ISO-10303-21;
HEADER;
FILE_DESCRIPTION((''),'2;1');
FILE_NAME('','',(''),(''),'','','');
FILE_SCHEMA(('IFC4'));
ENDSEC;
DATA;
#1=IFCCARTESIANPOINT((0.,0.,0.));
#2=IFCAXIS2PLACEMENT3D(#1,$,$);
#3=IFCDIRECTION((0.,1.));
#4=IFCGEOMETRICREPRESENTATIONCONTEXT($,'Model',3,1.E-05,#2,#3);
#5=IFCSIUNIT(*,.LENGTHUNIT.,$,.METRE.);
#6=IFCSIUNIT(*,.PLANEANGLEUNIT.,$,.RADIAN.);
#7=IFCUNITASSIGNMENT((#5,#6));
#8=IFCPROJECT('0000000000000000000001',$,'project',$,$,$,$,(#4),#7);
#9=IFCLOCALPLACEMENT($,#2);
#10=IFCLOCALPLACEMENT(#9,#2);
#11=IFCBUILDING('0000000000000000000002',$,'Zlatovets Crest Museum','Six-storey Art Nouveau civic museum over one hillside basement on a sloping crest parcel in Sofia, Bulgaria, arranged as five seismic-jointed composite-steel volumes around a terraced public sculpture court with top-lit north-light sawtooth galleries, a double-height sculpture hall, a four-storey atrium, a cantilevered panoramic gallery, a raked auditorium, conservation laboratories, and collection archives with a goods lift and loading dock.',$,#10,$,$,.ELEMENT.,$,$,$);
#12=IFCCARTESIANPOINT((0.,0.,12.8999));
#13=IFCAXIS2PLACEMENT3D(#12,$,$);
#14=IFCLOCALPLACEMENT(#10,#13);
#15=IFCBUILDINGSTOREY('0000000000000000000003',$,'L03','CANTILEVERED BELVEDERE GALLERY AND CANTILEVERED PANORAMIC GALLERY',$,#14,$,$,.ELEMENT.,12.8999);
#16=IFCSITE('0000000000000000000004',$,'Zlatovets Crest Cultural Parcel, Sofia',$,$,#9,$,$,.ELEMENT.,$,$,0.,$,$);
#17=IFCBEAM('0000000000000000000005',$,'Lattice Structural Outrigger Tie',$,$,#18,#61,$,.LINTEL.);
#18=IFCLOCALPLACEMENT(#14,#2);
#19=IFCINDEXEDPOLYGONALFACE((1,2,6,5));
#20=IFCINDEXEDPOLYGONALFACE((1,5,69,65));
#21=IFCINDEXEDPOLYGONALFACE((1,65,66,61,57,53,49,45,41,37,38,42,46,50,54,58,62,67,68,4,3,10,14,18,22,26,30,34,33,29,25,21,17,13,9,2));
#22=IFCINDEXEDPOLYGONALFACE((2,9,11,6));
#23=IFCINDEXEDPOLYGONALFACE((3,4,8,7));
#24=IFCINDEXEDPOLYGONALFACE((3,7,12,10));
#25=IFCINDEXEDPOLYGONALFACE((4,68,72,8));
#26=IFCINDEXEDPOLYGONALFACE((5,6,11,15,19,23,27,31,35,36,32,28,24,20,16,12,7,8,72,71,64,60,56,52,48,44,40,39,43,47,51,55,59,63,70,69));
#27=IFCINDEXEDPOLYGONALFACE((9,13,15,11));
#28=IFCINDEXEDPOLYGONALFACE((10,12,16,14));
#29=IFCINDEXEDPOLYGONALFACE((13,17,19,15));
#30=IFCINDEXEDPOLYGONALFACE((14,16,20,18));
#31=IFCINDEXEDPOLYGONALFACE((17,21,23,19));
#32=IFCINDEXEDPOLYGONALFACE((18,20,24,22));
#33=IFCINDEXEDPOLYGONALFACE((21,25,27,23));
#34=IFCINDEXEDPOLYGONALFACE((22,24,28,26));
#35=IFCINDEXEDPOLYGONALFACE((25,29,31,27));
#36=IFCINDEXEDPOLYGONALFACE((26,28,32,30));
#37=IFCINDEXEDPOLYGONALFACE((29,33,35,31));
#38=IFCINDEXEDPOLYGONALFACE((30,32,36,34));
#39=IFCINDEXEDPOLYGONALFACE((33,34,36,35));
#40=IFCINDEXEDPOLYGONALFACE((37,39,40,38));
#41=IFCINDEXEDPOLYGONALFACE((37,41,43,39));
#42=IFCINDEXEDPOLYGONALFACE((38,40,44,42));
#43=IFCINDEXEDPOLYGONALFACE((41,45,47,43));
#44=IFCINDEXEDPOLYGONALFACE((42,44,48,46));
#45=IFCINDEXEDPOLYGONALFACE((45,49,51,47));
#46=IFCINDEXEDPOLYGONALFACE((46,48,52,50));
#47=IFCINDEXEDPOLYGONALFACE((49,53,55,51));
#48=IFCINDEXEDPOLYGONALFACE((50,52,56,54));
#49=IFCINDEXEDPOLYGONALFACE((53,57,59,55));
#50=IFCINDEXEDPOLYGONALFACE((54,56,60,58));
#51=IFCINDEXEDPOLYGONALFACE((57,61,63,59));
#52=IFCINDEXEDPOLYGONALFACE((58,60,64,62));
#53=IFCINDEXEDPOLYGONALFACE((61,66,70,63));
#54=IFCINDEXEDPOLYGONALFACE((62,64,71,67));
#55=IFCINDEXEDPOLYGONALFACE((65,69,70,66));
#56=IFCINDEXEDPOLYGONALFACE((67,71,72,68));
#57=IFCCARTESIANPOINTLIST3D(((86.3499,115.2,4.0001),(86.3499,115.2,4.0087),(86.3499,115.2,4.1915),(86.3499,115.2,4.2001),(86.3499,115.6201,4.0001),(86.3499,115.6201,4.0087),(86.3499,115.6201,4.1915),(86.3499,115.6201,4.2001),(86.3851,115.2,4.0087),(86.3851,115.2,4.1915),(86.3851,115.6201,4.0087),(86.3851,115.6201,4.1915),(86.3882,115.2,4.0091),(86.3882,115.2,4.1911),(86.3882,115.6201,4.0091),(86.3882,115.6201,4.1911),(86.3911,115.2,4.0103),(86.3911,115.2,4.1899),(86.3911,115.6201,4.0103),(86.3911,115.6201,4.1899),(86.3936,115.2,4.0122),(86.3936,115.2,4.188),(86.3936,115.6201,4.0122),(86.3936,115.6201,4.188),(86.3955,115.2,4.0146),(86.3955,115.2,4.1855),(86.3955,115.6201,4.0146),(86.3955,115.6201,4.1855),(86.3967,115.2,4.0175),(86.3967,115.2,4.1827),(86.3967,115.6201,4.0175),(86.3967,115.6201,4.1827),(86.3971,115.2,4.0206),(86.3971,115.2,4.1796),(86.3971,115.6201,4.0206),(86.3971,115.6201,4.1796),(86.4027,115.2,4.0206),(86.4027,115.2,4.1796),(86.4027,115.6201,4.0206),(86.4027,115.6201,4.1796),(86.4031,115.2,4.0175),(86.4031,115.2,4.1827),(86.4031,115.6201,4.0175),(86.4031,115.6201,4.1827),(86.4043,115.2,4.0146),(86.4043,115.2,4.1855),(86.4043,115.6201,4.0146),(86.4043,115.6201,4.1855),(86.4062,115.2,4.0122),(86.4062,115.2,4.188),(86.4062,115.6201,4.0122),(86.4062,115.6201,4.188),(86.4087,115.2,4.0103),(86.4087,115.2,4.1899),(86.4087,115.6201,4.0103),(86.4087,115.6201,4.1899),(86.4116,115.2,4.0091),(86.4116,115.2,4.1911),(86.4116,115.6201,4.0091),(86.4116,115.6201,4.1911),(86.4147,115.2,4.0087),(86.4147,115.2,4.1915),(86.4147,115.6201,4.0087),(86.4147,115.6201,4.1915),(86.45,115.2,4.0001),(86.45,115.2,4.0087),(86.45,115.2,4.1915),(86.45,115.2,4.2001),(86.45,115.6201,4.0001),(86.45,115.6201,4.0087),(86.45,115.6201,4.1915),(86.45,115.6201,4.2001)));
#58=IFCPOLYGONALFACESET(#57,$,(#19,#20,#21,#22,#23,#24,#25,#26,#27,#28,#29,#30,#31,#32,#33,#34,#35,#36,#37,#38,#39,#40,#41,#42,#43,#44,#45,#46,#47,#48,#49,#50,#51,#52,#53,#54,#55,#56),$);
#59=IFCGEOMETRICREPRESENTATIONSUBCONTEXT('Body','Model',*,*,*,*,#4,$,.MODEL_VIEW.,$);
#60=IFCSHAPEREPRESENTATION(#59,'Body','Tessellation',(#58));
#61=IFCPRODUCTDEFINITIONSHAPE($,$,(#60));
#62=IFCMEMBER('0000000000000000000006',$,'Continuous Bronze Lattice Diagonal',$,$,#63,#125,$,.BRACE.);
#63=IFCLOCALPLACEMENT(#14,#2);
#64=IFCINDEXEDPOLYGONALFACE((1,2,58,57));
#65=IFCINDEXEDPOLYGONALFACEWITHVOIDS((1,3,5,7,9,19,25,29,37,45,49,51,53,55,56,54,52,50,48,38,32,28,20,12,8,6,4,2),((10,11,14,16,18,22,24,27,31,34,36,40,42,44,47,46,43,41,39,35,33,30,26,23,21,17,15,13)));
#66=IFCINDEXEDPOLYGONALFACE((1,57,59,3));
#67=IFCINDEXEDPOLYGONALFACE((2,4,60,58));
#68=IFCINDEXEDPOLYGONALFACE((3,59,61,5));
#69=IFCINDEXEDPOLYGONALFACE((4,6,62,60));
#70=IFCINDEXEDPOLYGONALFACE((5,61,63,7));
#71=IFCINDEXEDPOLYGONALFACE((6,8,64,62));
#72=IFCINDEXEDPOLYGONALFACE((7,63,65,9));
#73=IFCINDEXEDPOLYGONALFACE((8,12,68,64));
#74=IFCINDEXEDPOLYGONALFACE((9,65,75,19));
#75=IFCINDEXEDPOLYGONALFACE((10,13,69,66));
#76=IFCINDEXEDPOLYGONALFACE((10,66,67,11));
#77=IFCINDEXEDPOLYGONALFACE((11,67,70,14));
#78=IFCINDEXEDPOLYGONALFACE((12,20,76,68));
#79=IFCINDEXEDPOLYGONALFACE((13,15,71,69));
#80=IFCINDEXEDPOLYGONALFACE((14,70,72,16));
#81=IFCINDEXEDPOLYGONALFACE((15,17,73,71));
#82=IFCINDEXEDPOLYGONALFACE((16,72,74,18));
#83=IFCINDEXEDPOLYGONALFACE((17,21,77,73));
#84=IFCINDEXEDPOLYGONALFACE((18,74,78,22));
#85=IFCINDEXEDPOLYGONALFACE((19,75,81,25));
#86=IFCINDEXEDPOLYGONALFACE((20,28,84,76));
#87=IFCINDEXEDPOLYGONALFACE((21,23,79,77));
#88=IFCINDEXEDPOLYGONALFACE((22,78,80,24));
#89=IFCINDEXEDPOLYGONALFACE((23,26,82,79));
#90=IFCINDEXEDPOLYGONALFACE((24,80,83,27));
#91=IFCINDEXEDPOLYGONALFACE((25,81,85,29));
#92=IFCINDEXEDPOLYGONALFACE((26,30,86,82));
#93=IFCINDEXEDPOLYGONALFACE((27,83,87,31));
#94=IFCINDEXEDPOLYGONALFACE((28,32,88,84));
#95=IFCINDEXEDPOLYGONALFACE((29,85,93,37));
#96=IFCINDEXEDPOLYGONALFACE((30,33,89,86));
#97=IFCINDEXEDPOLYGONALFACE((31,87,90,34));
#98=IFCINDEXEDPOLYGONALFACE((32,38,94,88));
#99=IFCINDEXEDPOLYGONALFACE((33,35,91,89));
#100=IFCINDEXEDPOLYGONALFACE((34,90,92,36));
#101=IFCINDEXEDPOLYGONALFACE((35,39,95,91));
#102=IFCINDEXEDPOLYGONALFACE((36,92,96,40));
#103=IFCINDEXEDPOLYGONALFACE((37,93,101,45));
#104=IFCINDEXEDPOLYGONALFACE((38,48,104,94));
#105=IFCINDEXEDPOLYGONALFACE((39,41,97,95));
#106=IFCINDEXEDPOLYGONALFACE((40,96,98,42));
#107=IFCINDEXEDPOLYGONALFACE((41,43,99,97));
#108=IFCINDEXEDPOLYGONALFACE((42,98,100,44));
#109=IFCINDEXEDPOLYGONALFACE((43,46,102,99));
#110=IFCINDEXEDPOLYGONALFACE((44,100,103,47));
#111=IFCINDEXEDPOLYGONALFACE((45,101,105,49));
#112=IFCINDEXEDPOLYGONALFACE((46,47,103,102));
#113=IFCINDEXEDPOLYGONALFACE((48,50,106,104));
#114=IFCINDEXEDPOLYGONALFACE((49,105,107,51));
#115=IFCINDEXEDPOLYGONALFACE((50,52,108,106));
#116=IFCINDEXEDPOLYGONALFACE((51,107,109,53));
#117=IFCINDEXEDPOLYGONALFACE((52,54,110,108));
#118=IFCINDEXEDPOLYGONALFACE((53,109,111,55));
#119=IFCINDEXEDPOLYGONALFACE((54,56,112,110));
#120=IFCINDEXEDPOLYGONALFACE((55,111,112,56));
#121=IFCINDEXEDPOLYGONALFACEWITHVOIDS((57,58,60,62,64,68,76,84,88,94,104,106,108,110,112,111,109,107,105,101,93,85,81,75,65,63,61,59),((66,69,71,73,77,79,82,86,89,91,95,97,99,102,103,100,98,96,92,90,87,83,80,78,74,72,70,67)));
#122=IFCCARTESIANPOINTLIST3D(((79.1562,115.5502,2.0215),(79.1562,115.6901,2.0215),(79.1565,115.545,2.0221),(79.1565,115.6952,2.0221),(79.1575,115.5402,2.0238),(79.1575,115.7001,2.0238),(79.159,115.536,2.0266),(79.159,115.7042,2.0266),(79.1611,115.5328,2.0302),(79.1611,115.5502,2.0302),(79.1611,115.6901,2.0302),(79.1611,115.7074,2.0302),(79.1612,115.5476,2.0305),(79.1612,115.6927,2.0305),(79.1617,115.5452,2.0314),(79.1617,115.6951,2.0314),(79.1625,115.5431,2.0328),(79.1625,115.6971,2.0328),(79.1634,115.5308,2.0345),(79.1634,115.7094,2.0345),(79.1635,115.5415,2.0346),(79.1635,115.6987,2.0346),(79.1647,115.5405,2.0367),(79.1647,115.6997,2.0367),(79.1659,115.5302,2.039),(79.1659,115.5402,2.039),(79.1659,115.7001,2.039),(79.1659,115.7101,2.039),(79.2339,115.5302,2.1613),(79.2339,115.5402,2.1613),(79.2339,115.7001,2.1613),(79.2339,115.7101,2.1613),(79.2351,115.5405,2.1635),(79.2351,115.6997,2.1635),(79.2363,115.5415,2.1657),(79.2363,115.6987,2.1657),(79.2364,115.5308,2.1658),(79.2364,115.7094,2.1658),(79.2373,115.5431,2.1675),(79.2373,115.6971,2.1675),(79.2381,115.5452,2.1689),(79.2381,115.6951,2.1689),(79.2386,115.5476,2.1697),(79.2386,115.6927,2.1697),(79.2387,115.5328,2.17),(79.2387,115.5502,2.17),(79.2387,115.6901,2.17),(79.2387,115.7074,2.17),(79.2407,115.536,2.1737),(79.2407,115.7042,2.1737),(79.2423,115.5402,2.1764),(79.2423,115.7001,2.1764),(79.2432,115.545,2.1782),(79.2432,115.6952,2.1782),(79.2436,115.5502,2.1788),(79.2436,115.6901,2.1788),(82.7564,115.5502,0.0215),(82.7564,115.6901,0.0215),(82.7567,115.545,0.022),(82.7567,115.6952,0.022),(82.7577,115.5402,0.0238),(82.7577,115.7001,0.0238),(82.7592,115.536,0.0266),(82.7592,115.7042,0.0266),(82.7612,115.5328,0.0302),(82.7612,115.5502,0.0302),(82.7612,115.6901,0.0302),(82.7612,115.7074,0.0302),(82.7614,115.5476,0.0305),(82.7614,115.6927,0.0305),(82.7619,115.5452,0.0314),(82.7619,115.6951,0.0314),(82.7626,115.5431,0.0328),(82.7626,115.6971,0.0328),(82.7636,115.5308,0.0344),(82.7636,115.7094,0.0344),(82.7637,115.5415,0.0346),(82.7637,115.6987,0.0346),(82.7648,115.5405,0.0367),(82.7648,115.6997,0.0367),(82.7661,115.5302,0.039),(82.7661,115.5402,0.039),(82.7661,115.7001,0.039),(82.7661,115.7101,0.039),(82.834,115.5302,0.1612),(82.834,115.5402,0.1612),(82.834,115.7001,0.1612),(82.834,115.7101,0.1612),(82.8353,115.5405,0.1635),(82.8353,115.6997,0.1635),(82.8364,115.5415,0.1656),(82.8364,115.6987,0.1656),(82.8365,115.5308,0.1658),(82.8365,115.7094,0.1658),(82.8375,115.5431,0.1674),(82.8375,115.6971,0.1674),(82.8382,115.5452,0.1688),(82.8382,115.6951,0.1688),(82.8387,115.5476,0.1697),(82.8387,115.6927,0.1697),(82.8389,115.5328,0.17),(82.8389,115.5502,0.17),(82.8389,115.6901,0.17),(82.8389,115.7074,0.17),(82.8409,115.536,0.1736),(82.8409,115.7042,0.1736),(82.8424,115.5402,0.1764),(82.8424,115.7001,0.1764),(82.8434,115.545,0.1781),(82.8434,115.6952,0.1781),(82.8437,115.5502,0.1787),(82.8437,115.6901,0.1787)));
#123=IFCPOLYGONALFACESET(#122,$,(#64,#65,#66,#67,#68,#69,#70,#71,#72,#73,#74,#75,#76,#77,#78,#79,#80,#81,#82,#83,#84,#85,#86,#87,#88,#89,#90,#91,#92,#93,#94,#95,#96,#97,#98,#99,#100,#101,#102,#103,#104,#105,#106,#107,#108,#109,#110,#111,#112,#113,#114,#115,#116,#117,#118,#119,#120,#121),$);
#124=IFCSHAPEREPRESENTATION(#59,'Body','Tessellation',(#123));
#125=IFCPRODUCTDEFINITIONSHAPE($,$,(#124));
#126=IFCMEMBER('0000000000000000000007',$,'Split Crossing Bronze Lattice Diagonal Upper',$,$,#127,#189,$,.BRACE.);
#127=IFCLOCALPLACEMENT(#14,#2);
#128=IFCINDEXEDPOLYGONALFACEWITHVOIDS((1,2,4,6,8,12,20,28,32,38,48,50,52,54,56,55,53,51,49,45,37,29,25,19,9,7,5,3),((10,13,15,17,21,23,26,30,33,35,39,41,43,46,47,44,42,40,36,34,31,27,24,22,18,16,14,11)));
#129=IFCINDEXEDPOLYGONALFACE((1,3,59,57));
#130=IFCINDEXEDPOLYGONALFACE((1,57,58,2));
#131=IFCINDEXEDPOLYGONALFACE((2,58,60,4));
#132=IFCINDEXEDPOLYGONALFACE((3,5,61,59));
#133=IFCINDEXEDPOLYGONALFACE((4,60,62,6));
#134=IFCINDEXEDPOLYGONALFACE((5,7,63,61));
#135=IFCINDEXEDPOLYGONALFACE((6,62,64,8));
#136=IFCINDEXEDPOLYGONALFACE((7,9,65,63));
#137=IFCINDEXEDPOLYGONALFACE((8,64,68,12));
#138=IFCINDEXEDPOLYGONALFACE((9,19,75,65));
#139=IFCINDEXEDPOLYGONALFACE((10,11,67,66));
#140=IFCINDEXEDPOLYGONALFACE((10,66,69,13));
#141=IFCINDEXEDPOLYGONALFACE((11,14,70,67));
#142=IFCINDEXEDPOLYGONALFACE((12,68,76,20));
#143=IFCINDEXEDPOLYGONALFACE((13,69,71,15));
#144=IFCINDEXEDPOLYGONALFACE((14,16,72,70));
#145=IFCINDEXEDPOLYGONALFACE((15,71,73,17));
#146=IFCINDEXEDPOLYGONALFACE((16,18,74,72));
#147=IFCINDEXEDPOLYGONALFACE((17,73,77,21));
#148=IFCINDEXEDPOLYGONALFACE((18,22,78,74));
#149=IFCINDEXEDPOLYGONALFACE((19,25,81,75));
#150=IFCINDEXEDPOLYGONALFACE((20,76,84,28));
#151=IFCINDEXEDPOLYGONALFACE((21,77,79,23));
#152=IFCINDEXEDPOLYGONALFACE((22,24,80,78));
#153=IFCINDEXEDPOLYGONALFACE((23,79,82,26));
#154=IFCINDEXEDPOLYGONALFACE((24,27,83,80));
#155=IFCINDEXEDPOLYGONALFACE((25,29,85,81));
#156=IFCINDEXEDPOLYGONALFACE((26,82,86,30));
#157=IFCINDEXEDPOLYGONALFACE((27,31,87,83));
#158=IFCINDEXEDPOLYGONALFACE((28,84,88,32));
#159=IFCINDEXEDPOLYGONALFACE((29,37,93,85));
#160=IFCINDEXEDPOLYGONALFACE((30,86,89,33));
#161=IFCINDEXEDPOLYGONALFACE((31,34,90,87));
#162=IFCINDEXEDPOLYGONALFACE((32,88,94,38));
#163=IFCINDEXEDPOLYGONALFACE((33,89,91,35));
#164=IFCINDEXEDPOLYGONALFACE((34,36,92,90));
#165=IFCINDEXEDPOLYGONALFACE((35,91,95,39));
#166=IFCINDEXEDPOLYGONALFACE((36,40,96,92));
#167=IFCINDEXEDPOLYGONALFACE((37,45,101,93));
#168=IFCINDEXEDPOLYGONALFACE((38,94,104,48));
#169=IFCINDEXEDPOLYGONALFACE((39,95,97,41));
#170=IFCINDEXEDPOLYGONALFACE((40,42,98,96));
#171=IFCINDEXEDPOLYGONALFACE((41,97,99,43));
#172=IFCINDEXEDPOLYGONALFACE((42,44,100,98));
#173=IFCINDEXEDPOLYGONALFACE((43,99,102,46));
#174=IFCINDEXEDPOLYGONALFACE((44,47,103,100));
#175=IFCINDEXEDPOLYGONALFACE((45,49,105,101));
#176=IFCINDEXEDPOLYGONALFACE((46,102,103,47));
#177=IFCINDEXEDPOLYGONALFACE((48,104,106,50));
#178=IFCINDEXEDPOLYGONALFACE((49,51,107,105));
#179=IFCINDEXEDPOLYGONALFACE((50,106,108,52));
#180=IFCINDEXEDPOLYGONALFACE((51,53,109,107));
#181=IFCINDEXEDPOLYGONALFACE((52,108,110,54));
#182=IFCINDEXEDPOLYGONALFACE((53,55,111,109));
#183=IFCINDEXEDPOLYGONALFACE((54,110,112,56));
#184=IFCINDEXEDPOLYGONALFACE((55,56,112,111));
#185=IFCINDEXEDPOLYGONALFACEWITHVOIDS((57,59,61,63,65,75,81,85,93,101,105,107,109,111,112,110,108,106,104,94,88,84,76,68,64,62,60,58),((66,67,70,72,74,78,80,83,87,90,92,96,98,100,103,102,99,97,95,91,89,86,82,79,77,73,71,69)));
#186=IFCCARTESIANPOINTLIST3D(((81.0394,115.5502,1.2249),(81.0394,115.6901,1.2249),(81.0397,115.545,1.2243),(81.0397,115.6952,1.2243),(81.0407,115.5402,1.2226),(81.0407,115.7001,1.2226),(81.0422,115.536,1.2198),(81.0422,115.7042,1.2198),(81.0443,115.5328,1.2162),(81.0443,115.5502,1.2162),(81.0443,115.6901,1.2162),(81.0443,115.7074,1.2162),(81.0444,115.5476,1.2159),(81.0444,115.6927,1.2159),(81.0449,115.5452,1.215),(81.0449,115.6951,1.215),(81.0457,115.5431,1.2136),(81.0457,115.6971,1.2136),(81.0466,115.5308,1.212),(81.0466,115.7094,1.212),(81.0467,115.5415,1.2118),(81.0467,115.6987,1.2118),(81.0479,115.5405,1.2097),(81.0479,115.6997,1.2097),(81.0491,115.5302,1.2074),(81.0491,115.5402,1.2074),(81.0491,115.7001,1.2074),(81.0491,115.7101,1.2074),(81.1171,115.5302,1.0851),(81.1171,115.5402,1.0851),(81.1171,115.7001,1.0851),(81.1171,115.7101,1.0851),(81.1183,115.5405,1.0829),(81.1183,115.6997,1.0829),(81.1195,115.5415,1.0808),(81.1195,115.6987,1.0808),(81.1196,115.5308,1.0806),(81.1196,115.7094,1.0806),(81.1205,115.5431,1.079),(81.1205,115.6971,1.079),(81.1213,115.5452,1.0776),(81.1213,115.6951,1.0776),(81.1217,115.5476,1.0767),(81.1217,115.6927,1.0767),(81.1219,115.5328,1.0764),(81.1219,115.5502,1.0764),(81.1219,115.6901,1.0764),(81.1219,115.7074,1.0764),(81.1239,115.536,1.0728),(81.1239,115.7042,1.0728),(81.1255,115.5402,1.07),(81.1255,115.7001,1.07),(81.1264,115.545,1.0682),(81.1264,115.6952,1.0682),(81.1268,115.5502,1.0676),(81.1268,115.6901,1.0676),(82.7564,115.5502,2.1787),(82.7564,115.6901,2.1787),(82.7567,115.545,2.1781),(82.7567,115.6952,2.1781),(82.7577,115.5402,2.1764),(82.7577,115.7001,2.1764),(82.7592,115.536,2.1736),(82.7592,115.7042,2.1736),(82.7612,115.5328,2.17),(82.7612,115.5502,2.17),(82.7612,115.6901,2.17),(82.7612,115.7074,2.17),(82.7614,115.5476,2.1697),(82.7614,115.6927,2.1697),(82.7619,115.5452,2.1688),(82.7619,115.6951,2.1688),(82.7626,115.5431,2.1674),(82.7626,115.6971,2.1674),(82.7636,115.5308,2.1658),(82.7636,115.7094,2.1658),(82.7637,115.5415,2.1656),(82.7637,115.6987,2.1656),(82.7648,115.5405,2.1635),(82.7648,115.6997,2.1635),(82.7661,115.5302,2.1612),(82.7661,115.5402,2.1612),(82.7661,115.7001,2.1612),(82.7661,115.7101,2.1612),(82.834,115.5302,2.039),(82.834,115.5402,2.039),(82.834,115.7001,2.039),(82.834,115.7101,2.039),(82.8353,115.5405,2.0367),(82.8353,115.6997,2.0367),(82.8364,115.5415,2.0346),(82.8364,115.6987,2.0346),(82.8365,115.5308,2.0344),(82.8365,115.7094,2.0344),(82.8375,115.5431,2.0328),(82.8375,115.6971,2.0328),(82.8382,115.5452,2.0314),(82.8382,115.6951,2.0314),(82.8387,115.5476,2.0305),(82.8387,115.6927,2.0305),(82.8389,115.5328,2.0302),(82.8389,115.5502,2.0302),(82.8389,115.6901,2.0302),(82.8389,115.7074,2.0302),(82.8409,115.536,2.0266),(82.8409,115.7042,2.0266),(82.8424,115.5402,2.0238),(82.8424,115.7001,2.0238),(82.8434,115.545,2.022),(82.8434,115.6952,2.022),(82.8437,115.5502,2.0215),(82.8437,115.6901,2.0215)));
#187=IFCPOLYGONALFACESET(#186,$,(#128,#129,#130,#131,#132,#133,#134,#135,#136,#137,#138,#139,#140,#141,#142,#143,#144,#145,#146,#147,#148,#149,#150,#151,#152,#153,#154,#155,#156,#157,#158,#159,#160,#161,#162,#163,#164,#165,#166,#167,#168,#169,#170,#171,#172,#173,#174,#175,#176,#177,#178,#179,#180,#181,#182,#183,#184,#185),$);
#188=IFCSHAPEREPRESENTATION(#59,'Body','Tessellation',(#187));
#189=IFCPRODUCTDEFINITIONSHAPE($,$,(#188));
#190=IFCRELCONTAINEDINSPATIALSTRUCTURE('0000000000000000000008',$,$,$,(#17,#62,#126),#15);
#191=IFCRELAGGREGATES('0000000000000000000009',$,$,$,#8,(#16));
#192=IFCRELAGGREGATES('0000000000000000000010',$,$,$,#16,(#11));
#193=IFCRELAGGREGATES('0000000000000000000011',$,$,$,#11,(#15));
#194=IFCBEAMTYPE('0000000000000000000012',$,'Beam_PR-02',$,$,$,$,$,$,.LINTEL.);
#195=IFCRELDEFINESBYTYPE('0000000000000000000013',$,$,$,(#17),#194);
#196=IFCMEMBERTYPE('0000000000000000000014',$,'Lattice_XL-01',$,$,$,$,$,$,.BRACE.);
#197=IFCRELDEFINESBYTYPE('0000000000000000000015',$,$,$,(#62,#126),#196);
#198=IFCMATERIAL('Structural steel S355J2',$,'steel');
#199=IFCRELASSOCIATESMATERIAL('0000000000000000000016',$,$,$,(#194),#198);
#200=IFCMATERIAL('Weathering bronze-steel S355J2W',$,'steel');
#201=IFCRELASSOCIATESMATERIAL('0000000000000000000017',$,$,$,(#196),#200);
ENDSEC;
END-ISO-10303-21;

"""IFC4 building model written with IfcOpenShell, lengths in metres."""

from ifc_helpers import new_model, si_unit, direction, frame, origin, origin_2d, place, context, subcontext, project, spatial, hollow_rectangle, i_section, extrude, material, material_profile, profile_set, type_object, element, save


model = new_model("IFC4")

# Units and contexts
model_context = context("Model", 3, precision=1e-05, world=origin(), true_north=direction((0.0, 1.0)))
body_context = subcontext(model_context, "Body", "Model", "MODEL_VIEW")
ifc_project = project(units=[si_unit("LENGTHUNIT", "METRE"), si_unit("PLANEANGLEUNIT", "RADIAN")], contexts=[model_context])

# Site, building, storey
site_placement = place(None, origin())
site = spatial("IfcSite", under=ifc_project, at=site_placement, Name="Zlatovets Crest Cultural Parcel, Sofia", CompositionType="ELEMENT", RefElevation=0.0)
building_placement = place(site_placement, origin())
building = spatial("IfcBuilding", under=site, at=building_placement, Name="Zlatovets Crest Museum", Description="Six-storey Art Nouveau civic museum over one hillside basement on a sloping crest parcel in Sofia, Bulgaria, arranged as five seismic-jointed composite-steel volumes around a terraced public sculpture court with top-lit north-light sawtooth galleries, a double-height sculpture hall, a four-storey atrium, a cantilevered panoramic gallery, a raked auditorium, conservation laboratories, and collection archives with a goods lift and loading dock.", CompositionType="ELEMENT")
storey_placement = place(building_placement, frame((0.0, 0.0, 12.8999)))
storey = spatial("IfcBuildingStorey", under=building, at=storey_placement, Name="L03", Description="CANTILEVERED BELVEDERE GALLERY AND CANTILEVERED PANORAMIC GALLERY", CompositionType="ELEMENT", Elevation=12.8999)

# Shared definitions
ifc_material_1 = material(Name="Structural steel S355J2", Category="steel")

# Beam
ifc_material_profile_1 = material_profile(ifc_material_1, i_section(OverallWidth=0.1001, OverallDepth=0.2, WebThickness=0.0056, FlangeThickness=0.0085, FilletRadius=0.012, at=origin_2d()), Name="IPE 200")
ifc_profile_set_1 = profile_set([ifc_material_profile_1], Name="Structural steel S355J2")
beam_type_1 = type_object("IfcBeamType", Name="Beam_PR-02", PredefinedType="LINTEL", material=ifc_profile_set_1)
for number, where, z_axis, x_axis, name in (
    (1, (86.3999, 115.2, 4.1001), (0.0, 1.0, 0.0), (-1.0, 0.0, 0.0), "Lattice Structural Outrigger Tie"),
):
    element("IfcBeam", number, at=place(storey_placement, frame(where, z_axis=z_axis, x_axis=x_axis)), inside=storey, type_object=beam_type_1, Name=name, PredefinedType="LINTEL", context=body_context, shape_type="SweptSolid", body=[
        extrude(i_section(OverallWidth=0.1001, OverallDepth=0.2, WebThickness=0.0056, FlangeThickness=0.0085, FilletRadius=0.012, at=origin_2d()), origin(), (0.0, 0.0, 1.0), 0.4202),
    ])

# Members
ifc_material_2 = material(Name="Weathering bronze-steel S355J2W", Category="steel")
ifc_material_profile_2 = material_profile(ifc_material_2, hollow_rectangle(XDim=0.1799, YDim=0.1799, WallThickness=0.01, InnerFilletRadius=0.01, OuterFilletRadius=0.02, at=origin_2d()), Name="SHS 180x180x10.0")
ifc_profile_set_2 = profile_set([ifc_material_profile_2], Name="Weathering bronze-steel S355J2W")
member_type = type_object("IfcMemberType", Name="Lattice_XL-01", PredefinedType="BRACE", material=ifc_profile_set_2)
member_1_placement = place(storey_placement, frame((82.8, 115.6201, 0.1001), z_axis=(-0.874163, 0.0, 0.485633), x_axis=(0.0, -1.0, 0.0)))
element("IfcMember", 2, at=member_1_placement, inside=storey, type_object=member_type, Name="Continuous Bronze Lattice Diagonal", PredefinedType="BRACE", context=body_context, shape_type="SweptSolid", body=[
    extrude(hollow_rectangle(XDim=0.1799, YDim=0.1799, WallThickness=0.01, InnerFilletRadius=0.01, OuterFilletRadius=0.02, at=origin_2d()), origin(), (0.0, 0.0, 1.0), 4.1184),
])
member_2_placement = place(storey_placement, frame((82.8, 115.6201, 2.1001), z_axis=(-0.874169, 0.0, -0.485622), x_axis=(0.0, -1.0, 0.0)))
element("IfcMember", 3, at=member_2_placement, inside=storey, type_object=member_type, Name="Split Crossing Bronze Lattice Diagonal Upper", PredefinedType="BRACE", context=body_context, shape_type="SweptSolid", body=[
    extrude(hollow_rectangle(XDim=0.1799, YDim=0.1799, WallThickness=0.01, InnerFilletRadius=0.01, OuterFilletRadius=0.02, at=origin_2d()), origin(), (0.0, 0.0, 1.0), 1.9641),
])

save(model, "model.ifc")
